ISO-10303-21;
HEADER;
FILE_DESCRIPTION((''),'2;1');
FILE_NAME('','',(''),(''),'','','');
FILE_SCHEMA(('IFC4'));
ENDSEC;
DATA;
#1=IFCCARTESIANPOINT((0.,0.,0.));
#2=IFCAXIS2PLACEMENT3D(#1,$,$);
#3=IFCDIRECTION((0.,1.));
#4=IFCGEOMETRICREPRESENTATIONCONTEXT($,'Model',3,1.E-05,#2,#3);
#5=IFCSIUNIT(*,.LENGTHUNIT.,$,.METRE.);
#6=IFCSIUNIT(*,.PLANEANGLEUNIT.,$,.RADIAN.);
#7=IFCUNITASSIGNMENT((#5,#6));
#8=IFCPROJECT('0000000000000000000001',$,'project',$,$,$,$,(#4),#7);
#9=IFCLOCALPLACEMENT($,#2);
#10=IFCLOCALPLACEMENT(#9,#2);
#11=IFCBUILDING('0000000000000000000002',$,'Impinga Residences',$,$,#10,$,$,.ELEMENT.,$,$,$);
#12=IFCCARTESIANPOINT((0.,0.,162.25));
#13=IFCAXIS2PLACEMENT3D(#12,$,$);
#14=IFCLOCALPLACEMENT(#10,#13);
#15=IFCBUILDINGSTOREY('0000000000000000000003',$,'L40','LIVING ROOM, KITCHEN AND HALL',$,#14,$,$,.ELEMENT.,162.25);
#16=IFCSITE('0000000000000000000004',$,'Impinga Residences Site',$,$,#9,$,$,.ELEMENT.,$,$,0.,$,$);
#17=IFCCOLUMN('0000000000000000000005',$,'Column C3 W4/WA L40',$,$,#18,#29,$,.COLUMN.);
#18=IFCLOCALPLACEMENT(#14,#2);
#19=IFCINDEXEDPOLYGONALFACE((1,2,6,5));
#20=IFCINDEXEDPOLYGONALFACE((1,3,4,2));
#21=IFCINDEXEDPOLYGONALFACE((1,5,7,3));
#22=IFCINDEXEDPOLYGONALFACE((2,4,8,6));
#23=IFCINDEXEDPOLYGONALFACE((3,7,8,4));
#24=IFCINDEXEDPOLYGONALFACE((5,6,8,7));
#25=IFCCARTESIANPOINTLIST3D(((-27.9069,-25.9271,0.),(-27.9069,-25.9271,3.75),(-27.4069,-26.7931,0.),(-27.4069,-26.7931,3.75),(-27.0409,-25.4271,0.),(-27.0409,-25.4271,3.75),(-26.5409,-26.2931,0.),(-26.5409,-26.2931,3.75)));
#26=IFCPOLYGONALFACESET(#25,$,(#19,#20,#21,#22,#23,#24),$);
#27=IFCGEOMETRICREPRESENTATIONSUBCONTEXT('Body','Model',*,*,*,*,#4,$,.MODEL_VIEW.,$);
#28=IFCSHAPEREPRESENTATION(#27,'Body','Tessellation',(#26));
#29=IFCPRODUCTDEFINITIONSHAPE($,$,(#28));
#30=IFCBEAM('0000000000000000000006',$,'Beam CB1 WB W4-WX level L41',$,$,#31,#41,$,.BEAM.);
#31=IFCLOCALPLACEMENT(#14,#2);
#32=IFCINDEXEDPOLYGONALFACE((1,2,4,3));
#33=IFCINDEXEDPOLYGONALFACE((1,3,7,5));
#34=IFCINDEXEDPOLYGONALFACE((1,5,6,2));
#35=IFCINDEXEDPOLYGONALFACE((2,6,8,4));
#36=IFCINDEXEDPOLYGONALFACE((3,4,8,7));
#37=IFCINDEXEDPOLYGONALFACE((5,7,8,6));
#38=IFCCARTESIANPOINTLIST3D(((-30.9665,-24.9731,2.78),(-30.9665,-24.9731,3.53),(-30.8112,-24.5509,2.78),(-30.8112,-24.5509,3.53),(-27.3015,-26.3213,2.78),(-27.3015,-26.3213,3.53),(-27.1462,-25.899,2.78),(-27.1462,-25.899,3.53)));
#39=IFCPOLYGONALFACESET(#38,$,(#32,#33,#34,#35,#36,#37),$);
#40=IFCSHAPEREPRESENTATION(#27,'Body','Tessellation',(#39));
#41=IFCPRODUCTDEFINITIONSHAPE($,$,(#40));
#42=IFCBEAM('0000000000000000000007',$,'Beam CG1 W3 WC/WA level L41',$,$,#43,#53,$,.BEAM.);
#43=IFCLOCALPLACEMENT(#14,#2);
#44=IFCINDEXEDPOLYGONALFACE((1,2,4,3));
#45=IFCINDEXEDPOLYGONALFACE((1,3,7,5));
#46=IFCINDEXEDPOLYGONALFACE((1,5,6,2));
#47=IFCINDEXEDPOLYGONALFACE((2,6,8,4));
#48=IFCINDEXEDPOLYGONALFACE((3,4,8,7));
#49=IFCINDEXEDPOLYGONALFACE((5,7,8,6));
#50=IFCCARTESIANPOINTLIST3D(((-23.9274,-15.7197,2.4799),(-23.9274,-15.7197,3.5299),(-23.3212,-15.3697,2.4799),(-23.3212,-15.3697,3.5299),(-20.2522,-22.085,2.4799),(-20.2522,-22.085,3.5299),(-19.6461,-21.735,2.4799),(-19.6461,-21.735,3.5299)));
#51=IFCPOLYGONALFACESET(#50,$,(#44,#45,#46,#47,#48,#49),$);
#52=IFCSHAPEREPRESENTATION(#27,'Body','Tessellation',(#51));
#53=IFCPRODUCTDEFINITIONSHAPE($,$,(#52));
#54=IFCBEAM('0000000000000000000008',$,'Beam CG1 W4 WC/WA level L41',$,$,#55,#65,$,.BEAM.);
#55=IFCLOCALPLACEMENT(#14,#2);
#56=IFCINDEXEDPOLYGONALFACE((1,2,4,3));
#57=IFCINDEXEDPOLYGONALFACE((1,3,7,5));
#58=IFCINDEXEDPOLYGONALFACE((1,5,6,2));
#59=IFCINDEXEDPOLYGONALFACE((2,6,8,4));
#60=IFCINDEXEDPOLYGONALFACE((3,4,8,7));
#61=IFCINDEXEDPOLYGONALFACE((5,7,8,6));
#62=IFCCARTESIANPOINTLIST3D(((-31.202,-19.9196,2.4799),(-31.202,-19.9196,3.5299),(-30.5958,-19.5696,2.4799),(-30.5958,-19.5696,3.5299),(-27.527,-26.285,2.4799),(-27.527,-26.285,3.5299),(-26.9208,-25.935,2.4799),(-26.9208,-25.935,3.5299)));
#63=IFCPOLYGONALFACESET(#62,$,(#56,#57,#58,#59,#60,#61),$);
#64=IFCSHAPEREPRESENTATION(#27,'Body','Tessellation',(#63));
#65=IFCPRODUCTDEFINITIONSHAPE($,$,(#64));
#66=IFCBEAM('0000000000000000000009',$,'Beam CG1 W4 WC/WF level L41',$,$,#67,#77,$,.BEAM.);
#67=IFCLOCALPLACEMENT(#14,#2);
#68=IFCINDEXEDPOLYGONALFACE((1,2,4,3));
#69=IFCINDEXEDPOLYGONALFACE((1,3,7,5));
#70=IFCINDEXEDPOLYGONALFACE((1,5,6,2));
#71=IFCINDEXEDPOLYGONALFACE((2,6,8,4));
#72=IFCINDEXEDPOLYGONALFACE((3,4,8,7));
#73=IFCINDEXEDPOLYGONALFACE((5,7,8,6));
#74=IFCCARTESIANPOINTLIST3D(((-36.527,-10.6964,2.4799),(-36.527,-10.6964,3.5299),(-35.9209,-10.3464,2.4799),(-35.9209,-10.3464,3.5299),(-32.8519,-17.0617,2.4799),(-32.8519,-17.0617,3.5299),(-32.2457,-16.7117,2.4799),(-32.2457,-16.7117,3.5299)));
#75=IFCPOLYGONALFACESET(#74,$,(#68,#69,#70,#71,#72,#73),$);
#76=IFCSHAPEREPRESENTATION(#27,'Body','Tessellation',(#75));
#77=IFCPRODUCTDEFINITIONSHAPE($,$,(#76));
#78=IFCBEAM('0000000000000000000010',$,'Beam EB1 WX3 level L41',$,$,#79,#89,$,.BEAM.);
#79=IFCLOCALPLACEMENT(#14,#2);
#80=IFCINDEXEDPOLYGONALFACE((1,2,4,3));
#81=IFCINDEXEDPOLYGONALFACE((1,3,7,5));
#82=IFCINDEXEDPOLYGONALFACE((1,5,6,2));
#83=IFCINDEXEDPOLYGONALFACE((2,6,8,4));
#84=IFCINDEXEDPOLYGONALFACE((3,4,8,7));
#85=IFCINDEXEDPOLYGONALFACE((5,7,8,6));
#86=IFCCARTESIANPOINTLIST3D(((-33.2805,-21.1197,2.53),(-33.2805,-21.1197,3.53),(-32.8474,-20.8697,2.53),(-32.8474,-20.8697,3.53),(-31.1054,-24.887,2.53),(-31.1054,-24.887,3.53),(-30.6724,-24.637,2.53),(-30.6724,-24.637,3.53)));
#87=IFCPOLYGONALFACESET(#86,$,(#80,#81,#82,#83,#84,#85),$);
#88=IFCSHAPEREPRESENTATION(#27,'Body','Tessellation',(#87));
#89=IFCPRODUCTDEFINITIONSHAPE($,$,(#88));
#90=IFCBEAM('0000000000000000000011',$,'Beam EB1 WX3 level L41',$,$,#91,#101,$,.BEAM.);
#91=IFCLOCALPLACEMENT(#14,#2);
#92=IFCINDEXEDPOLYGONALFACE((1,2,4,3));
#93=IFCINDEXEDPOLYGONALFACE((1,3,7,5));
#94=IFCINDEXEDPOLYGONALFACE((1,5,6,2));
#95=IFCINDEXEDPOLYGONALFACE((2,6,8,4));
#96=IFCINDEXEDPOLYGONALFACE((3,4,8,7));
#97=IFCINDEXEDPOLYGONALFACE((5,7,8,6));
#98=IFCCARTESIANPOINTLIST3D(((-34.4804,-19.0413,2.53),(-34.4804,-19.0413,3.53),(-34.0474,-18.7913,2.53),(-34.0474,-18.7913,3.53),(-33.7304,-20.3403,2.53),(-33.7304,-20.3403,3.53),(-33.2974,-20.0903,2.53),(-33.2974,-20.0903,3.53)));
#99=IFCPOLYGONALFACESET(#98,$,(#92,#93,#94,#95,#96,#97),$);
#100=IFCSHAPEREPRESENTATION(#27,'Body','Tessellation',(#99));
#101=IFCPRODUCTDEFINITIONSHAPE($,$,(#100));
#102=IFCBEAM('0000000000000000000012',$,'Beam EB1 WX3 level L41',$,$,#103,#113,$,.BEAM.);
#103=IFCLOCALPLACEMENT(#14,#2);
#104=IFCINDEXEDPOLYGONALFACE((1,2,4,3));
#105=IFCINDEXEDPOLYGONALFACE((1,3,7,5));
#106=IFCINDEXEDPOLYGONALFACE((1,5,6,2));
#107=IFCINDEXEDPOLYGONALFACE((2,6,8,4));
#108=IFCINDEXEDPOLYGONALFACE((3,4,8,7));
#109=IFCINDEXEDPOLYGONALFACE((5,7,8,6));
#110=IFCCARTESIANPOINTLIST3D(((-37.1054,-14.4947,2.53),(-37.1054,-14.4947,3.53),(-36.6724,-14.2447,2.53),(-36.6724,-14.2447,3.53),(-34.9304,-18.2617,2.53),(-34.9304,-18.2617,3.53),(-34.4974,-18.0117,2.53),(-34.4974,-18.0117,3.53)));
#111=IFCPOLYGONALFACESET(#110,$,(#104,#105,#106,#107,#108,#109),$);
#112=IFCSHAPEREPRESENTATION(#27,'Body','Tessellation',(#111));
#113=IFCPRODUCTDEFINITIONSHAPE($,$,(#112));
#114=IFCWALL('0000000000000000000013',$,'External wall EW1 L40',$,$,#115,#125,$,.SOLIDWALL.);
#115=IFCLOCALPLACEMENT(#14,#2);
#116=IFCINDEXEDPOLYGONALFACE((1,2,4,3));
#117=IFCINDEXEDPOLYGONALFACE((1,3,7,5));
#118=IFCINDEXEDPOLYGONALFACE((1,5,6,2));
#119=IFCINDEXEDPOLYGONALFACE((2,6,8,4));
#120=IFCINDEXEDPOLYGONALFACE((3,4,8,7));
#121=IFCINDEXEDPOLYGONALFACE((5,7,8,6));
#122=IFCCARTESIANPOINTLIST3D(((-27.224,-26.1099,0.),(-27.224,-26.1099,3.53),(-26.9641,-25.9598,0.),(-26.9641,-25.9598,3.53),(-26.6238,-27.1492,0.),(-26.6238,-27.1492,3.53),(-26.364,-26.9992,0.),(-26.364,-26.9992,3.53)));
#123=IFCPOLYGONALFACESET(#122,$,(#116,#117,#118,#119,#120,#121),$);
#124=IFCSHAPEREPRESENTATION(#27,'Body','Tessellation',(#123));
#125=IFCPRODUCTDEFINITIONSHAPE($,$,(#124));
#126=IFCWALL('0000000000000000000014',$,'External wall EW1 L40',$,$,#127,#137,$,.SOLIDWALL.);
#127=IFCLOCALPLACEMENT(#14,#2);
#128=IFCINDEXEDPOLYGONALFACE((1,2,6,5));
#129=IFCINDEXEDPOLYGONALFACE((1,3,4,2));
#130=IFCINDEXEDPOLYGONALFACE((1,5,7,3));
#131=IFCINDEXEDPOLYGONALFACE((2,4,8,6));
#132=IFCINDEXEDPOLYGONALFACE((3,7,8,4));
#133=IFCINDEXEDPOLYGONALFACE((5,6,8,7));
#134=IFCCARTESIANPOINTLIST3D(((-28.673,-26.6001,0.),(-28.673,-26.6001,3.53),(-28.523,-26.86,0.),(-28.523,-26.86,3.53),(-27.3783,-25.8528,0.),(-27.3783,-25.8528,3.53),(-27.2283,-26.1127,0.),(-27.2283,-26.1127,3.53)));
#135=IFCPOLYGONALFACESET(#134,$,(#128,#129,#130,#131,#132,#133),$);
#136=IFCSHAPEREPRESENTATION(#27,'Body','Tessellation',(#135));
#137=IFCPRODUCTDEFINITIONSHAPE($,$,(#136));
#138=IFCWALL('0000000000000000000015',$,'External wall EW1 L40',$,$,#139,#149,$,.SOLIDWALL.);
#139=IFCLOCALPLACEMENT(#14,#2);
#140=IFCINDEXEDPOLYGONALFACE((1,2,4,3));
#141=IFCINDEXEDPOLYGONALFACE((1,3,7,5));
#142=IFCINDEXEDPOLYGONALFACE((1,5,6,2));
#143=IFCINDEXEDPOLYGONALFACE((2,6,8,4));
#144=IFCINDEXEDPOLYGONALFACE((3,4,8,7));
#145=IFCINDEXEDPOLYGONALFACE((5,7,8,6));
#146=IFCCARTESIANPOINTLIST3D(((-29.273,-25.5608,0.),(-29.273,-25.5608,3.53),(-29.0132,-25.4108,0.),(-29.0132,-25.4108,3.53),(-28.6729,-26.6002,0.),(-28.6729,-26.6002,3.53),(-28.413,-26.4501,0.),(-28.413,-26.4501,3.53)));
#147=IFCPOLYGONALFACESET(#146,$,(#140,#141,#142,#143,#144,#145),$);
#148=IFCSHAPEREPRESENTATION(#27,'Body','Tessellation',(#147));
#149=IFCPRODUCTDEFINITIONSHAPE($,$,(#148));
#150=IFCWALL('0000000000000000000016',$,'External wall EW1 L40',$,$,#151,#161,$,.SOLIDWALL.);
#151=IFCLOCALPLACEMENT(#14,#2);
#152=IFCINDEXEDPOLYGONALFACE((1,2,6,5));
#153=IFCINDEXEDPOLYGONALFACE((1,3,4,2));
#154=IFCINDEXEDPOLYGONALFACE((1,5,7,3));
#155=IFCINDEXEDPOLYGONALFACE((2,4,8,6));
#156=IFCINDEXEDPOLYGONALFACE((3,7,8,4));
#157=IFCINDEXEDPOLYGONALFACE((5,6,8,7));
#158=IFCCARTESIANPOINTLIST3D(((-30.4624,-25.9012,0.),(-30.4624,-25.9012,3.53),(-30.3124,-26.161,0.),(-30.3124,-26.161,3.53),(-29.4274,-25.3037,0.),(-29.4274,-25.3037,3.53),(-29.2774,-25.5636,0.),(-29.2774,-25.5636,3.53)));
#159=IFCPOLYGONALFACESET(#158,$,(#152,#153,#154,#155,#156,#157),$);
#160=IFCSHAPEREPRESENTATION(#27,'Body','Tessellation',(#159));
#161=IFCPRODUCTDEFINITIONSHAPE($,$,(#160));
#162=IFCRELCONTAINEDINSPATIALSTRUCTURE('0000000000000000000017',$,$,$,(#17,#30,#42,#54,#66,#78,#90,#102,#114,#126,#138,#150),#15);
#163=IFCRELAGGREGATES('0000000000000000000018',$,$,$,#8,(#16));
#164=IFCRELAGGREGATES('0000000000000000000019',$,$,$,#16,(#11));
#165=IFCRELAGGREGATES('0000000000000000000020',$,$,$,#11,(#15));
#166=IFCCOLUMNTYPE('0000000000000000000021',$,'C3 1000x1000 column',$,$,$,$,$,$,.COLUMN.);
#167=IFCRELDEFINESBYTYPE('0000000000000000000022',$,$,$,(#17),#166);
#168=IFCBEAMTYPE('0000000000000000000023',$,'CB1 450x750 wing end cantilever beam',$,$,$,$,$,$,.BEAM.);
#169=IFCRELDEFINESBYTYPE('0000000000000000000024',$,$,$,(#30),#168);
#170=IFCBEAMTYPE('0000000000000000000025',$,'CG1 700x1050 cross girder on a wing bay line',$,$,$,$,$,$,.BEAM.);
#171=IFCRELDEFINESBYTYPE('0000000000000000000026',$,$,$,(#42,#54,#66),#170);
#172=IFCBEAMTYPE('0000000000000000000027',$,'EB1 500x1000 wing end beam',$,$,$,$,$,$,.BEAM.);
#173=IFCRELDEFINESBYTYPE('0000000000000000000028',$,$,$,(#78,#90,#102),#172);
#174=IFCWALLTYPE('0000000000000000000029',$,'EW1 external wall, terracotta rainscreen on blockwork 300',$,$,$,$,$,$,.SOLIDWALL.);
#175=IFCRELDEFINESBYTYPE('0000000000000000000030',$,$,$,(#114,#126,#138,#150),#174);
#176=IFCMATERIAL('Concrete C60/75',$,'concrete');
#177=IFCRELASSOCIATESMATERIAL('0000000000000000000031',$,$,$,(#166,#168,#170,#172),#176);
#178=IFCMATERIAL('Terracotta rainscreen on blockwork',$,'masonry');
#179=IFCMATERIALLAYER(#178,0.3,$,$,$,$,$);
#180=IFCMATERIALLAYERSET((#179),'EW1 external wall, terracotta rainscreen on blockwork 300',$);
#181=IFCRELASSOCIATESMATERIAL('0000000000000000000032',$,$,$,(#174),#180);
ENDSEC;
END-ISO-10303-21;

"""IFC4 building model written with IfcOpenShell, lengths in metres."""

from ifc_helpers import new_model, si_unit, direction, frame, frame_2d, origin, origin_2d, place, context, subcontext, project, spatial, rectangle, extrude, material, layer, layer_set, material_profile, profile_set, type_object, element, save


model = new_model("IFC4")

# Units and contexts
model_context = context("Model", 3, precision=1e-05, world=origin(), true_north=direction((0.0, 1.0)))
body_context = subcontext(model_context, "Body", "Model", "MODEL_VIEW")
ifc_project = project(units=[si_unit("LENGTHUNIT", "METRE"), si_unit("PLANEANGLEUNIT", "RADIAN")], contexts=[model_context])

# Site, building, storey
site_placement = place(None, origin())
site = spatial("IfcSite", under=ifc_project, at=site_placement, Name="Impinga Residences Site", CompositionType="ELEMENT", RefElevation=0.0)
building_placement = place(site_placement, origin())
building = spatial("IfcBuilding", under=site, at=building_placement, Name="Impinga Residences", CompositionType="ELEMENT")
storey_placement = place(building_placement, frame((0.0, 0.0, 162.25)))
storey = spatial("IfcBuildingStorey", under=building, at=storey_placement, Name="L40", Description="LIVING ROOM, KITCHEN AND HALL", CompositionType="ELEMENT", Elevation=162.25)

# Column
ifc_material_1 = material(Name="Concrete C60/75", Category="concrete")
ifc_material_profile_1 = material_profile(ifc_material_1, rectangle(XDim=1.0, YDim=1.0, at=origin_2d()), Name="RC 1000x1000")
ifc_profile_set_1 = profile_set([ifc_material_profile_1], Name="Concrete C60/75")
column_type = type_object("IfcColumnType", Name="C3 1000x1000 column", PredefinedType="COLUMN", material=ifc_profile_set_1)
column_placement = place(storey_placement, frame((-27.2239, -26.1101, 0.0), z_axis=(0.0, 0.0, 1.0), x_axis=(-0.5, 0.866025, 0.0)))
element("IfcColumn", 1, at=column_placement, inside=storey, type_object=column_type, Name="Column C3 W4/WA L40", PredefinedType="COLUMN", context=body_context, shape_type="SweptSolid", body=[
    extrude(rectangle(XDim=1.0, YDim=1.0, at=origin_2d()), origin(), (0.0, 0.0, 1.0), 3.75),
])

# Beams
ifc_material_profile_2 = material_profile(ifc_material_1, rectangle(XDim=0.45, YDim=0.75, at=origin_2d()), Name="RC 450x750")
ifc_profile_set_2 = profile_set([ifc_material_profile_2], Name="Concrete C60/75")
beam_type_1 = type_object("IfcBeamType", Name="CB1 450x750 wing end cantilever beam", PredefinedType="BEAM", material=ifc_profile_set_2)
beam_1_placement = place(storey_placement, frame((-27.2239, -26.1101, 3.155), z_axis=(-0.93852, 0.345224, 0.0), x_axis=(-0.345224, -0.93852, 0.0)))
element("IfcBeam", 2, at=beam_1_placement, inside=storey, type_object=beam_type_1, Name="Beam CB1 WB W4-WX level L41", PredefinedType="BEAM", context=body_context, shape_type="SweptSolid", body=[
    extrude(rectangle(XDim=0.45, YDim=0.75, at=origin_2d()), origin(), (0.0, 0.0, 1.0), 3.905),
])
ifc_material_profile_3 = material_profile(ifc_material_1, rectangle(XDim=0.7, YDim=1.05, at=origin_2d()), Name="RC 700x1050")
ifc_profile_set_3 = profile_set([ifc_material_profile_3], Name="Concrete C60/75")
beam_type_2 = type_object("IfcBeamType", Name="CG1 700x1050 cross girder on a wing bay line", PredefinedType="BEAM", material=ifc_profile_set_3)
for number, where, z_axis, x_axis, name in (
    (3, (-23.6243, -15.5447, 3.0049), (0.500008, -0.866021, 0.0), (0.866021, 0.500008, 0.0), "Beam CG1 W3 WC/WA level L41"),
    (4, (-30.8989, -19.7446, 3.0049), (0.499994, -0.866029, 0.0), (0.866029, 0.499994, 0.0), "Beam CG1 W4 WC/WA level L41"),
    (5, (-32.5488, -16.8867, 3.0049), (-0.500008, 0.866021, 0.0), (-0.866021, -0.500008, 0.0), "Beam CG1 W4 WC/WF level L41"),
):
    element("IfcBeam", number, at=place(storey_placement, frame(where, z_axis=z_axis, x_axis=x_axis)), inside=storey, type_object=beam_type_2, Name=name, PredefinedType="BEAM", context=body_context, shape_type="SweptSolid", body=[
        extrude(rectangle(XDim=0.7, YDim=1.05, at=origin_2d()), origin(), (0.0, 0.0, 1.0), 7.3501),
    ])
ifc_material_profile_4 = material_profile(ifc_material_1, rectangle(XDim=0.5, YDim=1.0, at=origin_2d()), Name="RC 500x1000")
ifc_profile_set_4 = profile_set([ifc_material_profile_4], Name="Concrete C60/75")
beam_type_3 = type_object("IfcBeamType", Name="EB1 500x1000 wing end beam", PredefinedType="BEAM", material=ifc_profile_set_4)
beam_2_placement = place(storey_placement, frame((-30.8889, -24.762, 3.03), z_axis=(-0.499996, 0.866028, 0.0), x_axis=(-0.866028, -0.499996, 0.0)))
element("IfcBeam", 6, at=beam_2_placement, inside=storey, type_object=beam_type_3, Name="Beam EB1 WX3 level L41", PredefinedType="BEAM", context=body_context, shape_type="SweptSolid", body=[
    extrude(rectangle(XDim=0.5, YDim=1.0, at=origin_2d()), origin(), (0.0, 0.0, 1.0), 4.3501),
])
beam_3_placement = place(storey_placement, frame((-33.5139, -20.2153, 3.03), z_axis=(-0.49999, 0.866031, 0.0), x_axis=(-0.866031, -0.49999, 0.0)))
element("IfcBeam", 7, at=beam_3_placement, inside=storey, type_object=beam_type_3, Name="Beam EB1 WX3 level L41", PredefinedType="BEAM", context=body_context, shape_type="SweptSolid", body=[
    extrude(rectangle(XDim=0.5, YDim=1.0, at=origin_2d()), origin(), (0.0, 0.0, 1.0), 1.5),
])
beam_4_placement = place(storey_placement, frame((-34.7139, -18.1367, 3.03), z_axis=(-0.50002, 0.866014, 0.0), x_axis=(-0.866014, -0.50002, 0.0)))
element("IfcBeam", 8, at=beam_4_placement, inside=storey, type_object=beam_type_3, Name="Beam EB1 WX3 level L41", PredefinedType="BEAM", context=body_context, shape_type="SweptSolid", body=[
    extrude(rectangle(XDim=0.5, YDim=1.0, at=origin_2d()), origin(), (0.0, 0.0, 1.0), 4.3499),
])

# Walls
ifc_material_2 = material(Name="Terracotta rainscreen on blockwork", Category="masonry")
ifc_layer_1 = layer(ifc_material_2, 0.3)
ifc_layer_set_1 = layer_set([ifc_layer_1], Name="EW1 external wall, terracotta rainscreen on blockwork 300")
wall_type_1 = type_object("IfcWallType", Name="EW1 external wall, terracotta rainscreen on blockwork 300", PredefinedType="SOLIDWALL", material=ifc_layer_set_1)
wall_1_placement = place(storey_placement, frame((-26.4939, -27.0742, 0.0), z_axis=(0.0, 0.0, 1.0), x_axis=(-0.500034, 0.866006, 0.0)))
element("IfcWall", 9, at=wall_1_placement, inside=storey, type_object=wall_type_1, Name="External wall EW1 L40", PredefinedType="SOLIDWALL", context=body_context, shape_type="SweptSolid", body=[
    extrude(rectangle(XDim=1.2002, YDim=0.3, at=frame_2d((0.6001, 0.0))), origin(), (0.0, 0.0, 1.0), 3.53),
])
wall_2_placement = place(storey_placement, frame((-27.3032, -25.9827, 0.0), z_axis=(0.0, 0.0, 1.0), x_axis=(-0.866074, -0.499916, 0.0)))
element("IfcWall", 10, at=wall_2_placement, inside=storey, type_object=wall_type_1, Name="External wall EW1 L40", PredefinedType="SOLIDWALL", context=body_context, shape_type="SweptSolid", body=[
    extrude(rectangle(XDim=1.4949, YDim=0.3, at=frame_2d((0.7476, 0.0))), origin(), (0.0, 0.0, 1.0), 3.53),
])
wall_3_placement = place(storey_placement, frame((-28.543, -26.5251, 0.0), z_axis=(0.0, 0.0, 1.0), x_axis=(-0.500034, 0.866006, 0.0)))
element("IfcWall", 11, at=wall_3_placement, inside=storey, type_object=wall_type_1, Name="External wall EW1 L40", PredefinedType="SOLIDWALL", context=body_context, shape_type="SweptSolid", body=[
    extrude(rectangle(XDim=1.2002, YDim=0.3, at=frame_2d((0.6001, 0.0))), origin(), (0.0, 0.0, 1.0), 3.53),
])
wall_4_placement = place(storey_placement, frame((-29.3523, -25.4336, 0.0), z_axis=(0.0, 0.0, 1.0), x_axis=(-0.86606, -0.499941, 0.0)))
element("IfcWall", 12, at=wall_4_placement, inside=storey, type_object=wall_type_1, Name="External wall EW1 L40", PredefinedType="SOLIDWALL", context=body_context, shape_type="SweptSolid", body=[
    extrude(rectangle(XDim=1.1951, YDim=0.3, at=frame_2d((0.5977, 0.0))), origin(), (0.0, 0.0, 1.0), 3.53),
])

save(model, "model.ifc")
